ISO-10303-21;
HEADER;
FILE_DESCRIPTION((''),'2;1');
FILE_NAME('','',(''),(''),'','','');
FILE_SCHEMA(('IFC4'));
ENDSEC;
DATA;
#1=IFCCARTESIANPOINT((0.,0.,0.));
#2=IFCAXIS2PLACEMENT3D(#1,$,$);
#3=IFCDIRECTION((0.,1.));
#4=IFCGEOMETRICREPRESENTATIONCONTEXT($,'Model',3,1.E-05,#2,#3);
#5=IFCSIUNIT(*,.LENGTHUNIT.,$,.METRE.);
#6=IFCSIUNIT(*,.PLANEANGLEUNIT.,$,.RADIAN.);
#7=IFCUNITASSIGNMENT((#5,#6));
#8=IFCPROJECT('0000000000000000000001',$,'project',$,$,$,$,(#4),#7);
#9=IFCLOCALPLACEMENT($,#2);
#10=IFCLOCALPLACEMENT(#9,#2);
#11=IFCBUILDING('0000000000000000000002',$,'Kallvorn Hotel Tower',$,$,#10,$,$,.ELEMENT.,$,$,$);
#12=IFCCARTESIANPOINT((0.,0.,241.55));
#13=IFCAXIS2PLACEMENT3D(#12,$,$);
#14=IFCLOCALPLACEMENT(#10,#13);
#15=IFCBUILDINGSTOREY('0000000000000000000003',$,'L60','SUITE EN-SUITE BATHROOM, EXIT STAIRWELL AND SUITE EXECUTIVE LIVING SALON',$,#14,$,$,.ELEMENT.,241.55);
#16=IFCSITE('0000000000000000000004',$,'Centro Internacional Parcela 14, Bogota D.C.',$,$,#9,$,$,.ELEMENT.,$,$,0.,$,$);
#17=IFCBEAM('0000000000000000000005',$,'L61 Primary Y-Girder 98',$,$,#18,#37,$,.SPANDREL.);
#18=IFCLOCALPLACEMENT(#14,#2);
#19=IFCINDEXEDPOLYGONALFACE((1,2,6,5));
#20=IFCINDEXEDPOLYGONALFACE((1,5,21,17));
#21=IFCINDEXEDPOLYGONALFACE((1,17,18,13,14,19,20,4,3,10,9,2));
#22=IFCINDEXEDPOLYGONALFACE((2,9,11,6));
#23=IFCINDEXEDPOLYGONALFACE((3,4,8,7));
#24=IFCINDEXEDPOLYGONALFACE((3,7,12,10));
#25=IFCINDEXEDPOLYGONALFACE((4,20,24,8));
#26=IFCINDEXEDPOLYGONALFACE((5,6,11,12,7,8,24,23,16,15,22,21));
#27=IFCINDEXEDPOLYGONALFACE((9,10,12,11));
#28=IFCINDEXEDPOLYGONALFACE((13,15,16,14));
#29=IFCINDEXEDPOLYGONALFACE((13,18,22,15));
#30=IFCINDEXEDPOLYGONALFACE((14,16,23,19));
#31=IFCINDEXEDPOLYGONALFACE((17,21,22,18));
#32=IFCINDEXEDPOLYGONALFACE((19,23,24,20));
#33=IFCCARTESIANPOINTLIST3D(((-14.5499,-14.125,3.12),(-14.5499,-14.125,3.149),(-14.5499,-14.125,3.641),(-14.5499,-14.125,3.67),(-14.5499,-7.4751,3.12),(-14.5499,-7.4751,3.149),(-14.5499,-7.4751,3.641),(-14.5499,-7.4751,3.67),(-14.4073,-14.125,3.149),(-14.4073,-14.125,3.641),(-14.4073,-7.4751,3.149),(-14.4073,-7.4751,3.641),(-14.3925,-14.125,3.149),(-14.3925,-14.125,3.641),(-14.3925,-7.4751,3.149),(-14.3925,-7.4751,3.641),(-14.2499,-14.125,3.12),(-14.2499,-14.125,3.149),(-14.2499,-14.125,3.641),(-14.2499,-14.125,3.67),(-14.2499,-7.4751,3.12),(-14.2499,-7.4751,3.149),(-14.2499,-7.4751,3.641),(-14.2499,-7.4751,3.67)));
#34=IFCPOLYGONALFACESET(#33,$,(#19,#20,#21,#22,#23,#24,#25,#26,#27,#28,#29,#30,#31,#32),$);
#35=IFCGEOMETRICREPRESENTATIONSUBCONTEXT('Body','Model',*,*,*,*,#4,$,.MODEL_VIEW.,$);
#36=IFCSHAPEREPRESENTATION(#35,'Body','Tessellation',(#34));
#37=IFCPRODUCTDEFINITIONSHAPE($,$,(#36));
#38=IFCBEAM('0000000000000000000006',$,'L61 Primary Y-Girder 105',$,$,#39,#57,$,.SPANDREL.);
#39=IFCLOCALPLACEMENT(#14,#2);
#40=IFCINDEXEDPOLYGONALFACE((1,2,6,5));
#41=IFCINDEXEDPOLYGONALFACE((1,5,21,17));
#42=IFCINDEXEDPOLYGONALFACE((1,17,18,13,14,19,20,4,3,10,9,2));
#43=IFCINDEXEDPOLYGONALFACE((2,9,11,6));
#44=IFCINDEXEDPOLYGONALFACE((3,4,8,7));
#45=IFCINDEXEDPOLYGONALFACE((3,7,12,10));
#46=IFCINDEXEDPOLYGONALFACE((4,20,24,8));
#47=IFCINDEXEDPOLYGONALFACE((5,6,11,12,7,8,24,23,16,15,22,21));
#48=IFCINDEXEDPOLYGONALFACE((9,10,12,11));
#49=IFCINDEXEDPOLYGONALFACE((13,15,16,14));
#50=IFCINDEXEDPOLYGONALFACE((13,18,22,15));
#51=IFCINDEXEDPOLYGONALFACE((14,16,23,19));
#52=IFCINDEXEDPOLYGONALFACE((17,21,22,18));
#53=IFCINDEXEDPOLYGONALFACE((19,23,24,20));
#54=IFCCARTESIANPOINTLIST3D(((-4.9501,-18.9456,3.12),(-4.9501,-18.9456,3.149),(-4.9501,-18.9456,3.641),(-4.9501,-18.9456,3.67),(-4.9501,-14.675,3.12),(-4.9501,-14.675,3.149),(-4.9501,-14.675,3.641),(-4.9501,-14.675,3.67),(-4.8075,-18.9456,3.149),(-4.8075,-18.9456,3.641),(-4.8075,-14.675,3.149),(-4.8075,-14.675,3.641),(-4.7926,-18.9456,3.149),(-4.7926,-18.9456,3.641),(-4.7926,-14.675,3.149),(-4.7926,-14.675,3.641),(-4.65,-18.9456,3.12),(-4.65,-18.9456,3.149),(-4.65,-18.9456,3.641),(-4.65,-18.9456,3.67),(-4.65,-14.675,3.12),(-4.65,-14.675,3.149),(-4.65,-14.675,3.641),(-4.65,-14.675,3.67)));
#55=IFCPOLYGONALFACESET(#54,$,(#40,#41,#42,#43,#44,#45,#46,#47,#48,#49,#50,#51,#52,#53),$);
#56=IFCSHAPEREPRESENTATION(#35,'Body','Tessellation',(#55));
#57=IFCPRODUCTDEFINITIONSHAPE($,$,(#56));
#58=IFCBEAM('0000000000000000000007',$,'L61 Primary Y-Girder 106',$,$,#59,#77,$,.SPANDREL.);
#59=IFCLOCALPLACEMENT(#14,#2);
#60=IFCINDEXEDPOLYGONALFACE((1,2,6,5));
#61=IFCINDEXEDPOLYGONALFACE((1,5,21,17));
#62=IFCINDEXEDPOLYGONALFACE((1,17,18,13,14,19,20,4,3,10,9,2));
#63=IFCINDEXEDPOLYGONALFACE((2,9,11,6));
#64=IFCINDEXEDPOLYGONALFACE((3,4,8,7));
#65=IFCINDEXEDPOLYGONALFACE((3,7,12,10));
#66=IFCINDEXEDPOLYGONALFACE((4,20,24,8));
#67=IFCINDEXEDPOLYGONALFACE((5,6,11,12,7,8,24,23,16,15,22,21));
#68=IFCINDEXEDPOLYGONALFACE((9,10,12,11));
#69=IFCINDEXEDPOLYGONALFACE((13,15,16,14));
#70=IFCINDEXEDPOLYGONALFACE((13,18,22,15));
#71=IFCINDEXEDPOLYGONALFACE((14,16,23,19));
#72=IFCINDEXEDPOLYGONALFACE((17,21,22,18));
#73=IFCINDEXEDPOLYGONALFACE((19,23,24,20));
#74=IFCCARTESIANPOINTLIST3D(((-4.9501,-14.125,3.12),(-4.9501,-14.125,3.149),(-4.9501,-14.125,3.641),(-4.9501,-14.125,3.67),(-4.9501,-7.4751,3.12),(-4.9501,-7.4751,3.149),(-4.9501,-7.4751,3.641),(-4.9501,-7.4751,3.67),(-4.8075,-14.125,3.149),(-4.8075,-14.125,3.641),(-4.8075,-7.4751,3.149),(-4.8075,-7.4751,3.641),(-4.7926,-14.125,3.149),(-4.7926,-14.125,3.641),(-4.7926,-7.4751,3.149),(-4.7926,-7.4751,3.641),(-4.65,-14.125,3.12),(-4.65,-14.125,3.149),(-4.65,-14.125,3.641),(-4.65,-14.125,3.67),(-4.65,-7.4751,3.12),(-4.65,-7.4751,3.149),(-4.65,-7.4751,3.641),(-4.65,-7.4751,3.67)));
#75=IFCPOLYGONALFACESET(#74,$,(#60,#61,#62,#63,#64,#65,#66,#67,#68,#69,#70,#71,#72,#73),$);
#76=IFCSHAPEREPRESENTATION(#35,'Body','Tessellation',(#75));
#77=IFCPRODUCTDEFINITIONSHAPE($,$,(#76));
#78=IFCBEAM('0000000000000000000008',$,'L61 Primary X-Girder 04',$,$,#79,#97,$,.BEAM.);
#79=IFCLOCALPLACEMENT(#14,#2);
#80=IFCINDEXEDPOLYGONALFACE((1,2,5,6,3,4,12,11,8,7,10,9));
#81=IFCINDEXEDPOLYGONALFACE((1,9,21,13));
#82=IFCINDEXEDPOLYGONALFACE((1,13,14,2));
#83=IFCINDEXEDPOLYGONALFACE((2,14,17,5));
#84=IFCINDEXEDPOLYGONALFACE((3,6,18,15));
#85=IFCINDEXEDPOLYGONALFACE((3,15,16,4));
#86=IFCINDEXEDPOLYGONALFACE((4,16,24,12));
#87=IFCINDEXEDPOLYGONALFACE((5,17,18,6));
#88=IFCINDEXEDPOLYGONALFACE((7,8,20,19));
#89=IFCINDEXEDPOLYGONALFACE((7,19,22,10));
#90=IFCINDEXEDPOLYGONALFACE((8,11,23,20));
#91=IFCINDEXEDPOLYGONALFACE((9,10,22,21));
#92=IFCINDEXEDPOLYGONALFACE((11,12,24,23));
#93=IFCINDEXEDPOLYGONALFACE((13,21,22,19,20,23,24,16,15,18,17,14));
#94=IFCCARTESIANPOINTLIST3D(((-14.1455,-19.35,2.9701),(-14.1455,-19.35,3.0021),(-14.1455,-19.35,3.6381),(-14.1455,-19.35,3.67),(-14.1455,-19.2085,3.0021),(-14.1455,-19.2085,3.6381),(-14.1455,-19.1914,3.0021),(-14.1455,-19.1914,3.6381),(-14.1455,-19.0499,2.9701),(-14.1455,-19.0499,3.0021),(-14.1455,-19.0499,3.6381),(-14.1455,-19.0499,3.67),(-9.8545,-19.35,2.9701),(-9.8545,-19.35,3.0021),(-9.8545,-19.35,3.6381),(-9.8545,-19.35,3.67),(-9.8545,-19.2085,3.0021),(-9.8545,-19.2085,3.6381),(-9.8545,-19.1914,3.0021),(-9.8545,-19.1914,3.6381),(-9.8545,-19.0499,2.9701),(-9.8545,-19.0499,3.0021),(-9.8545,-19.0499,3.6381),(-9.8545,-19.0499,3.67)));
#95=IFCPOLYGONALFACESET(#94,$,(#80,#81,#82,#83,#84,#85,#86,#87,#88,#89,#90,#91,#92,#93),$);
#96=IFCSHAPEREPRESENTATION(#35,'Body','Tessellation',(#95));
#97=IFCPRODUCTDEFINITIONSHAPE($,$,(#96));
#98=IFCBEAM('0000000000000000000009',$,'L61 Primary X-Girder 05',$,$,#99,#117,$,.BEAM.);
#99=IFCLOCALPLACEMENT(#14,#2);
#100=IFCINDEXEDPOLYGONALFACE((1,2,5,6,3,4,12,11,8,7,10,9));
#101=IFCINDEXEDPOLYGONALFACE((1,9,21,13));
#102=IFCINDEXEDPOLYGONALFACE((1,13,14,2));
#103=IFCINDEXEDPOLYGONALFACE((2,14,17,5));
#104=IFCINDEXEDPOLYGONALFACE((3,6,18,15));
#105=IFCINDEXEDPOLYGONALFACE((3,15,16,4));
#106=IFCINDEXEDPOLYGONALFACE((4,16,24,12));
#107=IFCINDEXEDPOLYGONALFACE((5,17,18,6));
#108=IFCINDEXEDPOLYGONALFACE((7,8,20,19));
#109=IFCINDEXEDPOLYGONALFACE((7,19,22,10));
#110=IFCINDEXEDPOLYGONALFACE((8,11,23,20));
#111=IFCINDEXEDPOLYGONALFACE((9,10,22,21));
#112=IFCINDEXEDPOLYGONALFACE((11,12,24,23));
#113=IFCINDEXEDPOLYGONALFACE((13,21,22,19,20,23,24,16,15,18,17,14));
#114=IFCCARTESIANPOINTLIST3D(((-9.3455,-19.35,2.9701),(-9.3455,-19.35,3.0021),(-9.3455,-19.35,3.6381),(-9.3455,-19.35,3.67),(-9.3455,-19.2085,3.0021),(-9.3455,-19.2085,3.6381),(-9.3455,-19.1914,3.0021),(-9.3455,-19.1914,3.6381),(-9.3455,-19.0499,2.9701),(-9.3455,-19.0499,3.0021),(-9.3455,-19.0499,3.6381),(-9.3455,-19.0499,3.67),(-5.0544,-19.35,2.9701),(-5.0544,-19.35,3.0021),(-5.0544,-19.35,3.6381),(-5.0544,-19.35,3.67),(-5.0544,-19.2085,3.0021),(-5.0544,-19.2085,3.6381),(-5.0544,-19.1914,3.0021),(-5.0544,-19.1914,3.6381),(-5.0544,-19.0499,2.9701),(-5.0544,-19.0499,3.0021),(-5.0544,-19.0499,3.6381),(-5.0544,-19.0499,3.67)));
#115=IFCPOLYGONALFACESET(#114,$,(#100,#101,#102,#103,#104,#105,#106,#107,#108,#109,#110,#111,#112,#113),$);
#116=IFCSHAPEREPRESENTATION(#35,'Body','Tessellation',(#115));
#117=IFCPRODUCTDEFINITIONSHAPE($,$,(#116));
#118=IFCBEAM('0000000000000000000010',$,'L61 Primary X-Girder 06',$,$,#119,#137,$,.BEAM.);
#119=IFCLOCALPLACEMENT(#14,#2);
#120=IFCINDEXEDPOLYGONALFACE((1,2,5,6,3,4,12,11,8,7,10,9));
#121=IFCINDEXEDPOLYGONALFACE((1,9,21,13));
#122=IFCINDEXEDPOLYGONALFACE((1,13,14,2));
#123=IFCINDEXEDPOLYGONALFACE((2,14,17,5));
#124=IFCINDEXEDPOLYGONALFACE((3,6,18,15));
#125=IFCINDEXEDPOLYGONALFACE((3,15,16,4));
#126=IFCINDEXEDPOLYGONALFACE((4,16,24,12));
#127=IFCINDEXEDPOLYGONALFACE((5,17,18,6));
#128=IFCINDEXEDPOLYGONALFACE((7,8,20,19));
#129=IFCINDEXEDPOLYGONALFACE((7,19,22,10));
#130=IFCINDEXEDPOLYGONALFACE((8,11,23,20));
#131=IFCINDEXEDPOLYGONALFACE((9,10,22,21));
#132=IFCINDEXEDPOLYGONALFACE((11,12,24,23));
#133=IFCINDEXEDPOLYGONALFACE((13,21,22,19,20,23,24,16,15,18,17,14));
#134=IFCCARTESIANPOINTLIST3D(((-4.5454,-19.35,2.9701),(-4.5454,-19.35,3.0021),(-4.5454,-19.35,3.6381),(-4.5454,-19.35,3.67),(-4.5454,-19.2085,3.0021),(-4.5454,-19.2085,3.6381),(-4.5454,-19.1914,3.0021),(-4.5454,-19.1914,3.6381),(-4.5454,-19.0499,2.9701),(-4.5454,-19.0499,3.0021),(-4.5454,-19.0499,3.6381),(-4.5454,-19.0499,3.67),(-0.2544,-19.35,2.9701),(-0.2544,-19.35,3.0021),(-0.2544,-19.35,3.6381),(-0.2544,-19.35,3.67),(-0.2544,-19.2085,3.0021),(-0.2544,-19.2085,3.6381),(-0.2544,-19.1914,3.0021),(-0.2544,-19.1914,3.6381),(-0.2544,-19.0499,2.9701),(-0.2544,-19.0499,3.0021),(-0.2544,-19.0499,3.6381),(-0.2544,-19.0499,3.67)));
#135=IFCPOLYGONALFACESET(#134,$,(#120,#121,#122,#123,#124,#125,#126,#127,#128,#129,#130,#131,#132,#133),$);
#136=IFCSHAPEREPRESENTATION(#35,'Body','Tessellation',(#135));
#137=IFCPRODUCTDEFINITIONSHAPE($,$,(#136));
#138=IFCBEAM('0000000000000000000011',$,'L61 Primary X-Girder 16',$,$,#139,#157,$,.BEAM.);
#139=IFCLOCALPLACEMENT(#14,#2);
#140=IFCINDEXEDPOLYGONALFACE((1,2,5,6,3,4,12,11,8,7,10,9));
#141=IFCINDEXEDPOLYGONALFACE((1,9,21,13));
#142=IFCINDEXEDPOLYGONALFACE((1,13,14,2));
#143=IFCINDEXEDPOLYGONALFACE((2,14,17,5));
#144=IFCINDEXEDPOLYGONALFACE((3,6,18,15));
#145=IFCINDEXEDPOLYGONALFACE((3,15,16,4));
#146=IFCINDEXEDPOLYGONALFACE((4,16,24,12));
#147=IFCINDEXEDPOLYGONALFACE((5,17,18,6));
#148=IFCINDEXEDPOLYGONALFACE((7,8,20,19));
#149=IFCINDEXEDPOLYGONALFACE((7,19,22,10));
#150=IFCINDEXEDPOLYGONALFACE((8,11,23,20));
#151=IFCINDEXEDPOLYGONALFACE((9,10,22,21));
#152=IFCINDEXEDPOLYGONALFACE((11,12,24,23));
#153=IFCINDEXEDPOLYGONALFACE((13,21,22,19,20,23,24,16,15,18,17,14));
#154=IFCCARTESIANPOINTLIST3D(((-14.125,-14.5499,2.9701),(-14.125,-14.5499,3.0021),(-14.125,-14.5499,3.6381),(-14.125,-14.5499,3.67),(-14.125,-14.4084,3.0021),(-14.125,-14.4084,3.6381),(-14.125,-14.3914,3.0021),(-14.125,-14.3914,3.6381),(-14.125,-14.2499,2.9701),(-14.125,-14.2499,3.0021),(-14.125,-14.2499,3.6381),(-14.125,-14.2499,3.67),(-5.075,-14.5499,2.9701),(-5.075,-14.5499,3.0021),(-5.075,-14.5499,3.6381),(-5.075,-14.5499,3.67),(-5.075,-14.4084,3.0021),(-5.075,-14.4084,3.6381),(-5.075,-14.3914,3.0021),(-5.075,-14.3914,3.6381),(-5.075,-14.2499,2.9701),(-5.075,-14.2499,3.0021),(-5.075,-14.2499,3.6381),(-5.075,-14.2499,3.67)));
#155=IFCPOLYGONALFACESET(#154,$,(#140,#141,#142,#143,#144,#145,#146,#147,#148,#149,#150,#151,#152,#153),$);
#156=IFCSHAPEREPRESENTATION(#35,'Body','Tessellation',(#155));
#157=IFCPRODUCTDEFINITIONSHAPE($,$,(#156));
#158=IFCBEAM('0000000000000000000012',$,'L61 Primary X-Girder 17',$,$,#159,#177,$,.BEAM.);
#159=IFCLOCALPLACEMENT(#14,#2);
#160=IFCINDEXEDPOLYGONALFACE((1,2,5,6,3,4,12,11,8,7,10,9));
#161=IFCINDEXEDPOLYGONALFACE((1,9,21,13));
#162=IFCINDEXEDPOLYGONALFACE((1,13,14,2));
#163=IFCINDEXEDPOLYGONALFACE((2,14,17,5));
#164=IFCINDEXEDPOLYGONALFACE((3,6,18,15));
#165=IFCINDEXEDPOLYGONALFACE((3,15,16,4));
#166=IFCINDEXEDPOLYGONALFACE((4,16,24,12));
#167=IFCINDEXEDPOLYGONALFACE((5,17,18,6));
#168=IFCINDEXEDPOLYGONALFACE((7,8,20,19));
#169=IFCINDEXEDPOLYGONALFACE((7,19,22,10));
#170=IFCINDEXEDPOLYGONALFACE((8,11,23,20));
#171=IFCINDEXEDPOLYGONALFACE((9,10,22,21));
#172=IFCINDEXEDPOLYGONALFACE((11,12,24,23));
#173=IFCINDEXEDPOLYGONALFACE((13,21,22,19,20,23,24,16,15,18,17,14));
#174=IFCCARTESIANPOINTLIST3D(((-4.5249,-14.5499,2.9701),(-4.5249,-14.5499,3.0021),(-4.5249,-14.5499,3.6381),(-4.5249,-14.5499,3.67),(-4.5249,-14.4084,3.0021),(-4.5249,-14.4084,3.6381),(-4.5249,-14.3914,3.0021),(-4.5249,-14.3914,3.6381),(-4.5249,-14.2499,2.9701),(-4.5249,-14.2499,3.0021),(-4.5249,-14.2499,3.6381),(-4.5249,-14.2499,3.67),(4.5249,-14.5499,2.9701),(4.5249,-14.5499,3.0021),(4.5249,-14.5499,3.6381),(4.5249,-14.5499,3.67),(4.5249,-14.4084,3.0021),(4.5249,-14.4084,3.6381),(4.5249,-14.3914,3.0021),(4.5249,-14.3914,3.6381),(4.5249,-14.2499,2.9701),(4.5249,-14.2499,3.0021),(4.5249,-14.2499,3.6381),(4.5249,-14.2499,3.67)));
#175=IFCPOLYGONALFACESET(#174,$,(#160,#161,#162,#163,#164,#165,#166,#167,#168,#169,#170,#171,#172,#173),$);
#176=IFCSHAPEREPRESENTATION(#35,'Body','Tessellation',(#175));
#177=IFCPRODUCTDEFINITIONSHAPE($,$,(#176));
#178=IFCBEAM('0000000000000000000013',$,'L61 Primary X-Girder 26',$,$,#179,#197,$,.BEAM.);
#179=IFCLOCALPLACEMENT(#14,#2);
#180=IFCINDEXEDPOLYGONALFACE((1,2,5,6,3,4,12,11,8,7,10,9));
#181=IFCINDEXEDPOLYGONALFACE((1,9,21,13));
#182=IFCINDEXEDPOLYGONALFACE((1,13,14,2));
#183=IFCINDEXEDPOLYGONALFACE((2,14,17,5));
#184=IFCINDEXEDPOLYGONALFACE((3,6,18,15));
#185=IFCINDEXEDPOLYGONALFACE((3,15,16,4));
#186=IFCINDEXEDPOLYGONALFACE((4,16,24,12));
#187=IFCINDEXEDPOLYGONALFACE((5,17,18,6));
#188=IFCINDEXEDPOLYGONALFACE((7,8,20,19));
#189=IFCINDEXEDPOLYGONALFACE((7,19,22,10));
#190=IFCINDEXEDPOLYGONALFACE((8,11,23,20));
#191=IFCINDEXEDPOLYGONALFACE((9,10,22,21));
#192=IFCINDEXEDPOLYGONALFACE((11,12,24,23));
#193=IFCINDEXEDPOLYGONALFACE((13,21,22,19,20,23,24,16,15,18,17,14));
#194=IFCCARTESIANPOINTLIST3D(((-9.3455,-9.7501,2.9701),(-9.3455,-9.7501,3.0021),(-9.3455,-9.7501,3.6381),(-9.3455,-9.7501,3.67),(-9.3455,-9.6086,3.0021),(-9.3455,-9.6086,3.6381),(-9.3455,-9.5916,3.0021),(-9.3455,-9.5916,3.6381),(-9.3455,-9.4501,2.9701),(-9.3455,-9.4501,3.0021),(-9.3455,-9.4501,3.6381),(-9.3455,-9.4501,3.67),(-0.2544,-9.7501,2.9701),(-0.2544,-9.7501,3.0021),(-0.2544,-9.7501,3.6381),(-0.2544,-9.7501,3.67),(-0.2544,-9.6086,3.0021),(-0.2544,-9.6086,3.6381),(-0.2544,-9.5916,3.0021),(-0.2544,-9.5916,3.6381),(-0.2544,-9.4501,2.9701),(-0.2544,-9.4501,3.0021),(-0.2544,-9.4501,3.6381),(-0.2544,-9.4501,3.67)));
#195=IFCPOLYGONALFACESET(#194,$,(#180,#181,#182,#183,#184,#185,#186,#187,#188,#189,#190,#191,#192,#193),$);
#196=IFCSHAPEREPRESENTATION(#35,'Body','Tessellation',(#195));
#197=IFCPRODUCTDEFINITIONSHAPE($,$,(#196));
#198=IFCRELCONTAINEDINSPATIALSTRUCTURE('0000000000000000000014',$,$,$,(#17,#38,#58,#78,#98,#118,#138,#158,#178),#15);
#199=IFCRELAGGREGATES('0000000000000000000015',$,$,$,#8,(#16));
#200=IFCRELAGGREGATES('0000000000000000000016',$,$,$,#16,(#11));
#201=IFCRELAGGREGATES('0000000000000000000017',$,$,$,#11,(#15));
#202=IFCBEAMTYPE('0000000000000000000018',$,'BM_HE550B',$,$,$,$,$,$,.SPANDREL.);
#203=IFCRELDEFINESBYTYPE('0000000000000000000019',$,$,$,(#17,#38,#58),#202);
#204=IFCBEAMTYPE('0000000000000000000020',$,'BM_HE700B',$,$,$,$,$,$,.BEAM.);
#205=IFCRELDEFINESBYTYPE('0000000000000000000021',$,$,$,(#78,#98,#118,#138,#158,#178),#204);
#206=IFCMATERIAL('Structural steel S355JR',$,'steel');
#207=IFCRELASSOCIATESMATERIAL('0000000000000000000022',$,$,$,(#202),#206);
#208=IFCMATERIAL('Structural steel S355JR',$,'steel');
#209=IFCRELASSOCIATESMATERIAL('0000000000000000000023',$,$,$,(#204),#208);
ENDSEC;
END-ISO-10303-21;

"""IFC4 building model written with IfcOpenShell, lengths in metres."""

from ifc_helpers import new_model, si_unit, direction, frame, origin, origin_2d, place, context, subcontext, project, spatial, i_section, extrude, material, material_profile, profile_set, type_object, element, save


model = new_model("IFC4")

# Units and contexts
model_context = context("Model", 3, precision=1e-05, world=origin(), true_north=direction((0.0, 1.0)))
body_context = subcontext(model_context, "Body", "Model", "MODEL_VIEW")
ifc_project = project(units=[si_unit("LENGTHUNIT", "METRE"), si_unit("PLANEANGLEUNIT", "RADIAN")], contexts=[model_context])

# Site, building, storey
site_placement = place(None, origin())
site = spatial("IfcSite", under=ifc_project, at=site_placement, Name="Centro Internacional Parcela 14, Bogota D.C.", CompositionType="ELEMENT", RefElevation=0.0)
building_placement = place(site_placement, origin())
building = spatial("IfcBuilding", under=site, at=building_placement, Name="Kallvorn Hotel Tower", CompositionType="ELEMENT")
storey_placement = place(building_placement, frame((0.0, 0.0, 241.55)))
storey = spatial("IfcBuildingStorey", under=building, at=storey_placement, Name="L60", Description="SUITE EN-SUITE BATHROOM, EXIT STAIRWELL AND SUITE EXECUTIVE LIVING SALON", CompositionType="ELEMENT", Elevation=241.55)

# Beams
ifc_material_1 = material(Name="Structural steel S355JR", Category="steel")
ifc_material_profile_1 = material_profile(ifc_material_1, i_section(OverallWidth=0.3, OverallDepth=0.55, WebThickness=0.0149, FlangeThickness=0.0291, at=origin_2d()), Name="HE 550 B")
ifc_profile_set_1 = profile_set([ifc_material_profile_1], Name="Structural steel S355JR")
beam_type_1 = type_object("IfcBeamType", Name="BM_HE550B", PredefinedType="SPANDREL", material=ifc_profile_set_1)
beam_1_placement = place(storey_placement, frame((-14.3999, -14.125, 3.395), z_axis=(0.0, 1.0, 0.0), x_axis=(-1.0, 0.0, 0.0)))
element("IfcBeam", 1, at=beam_1_placement, inside=storey, type_object=beam_type_1, Name="L61 Primary Y-Girder 98", PredefinedType="SPANDREL", context=body_context, shape_type="SweptSolid", body=[
    extrude(i_section(OverallWidth=0.3, OverallDepth=0.55, WebThickness=0.0149, FlangeThickness=0.0291, at=origin_2d()), origin(), (0.0, 0.0, 1.0), 6.6499),
])
beam_2_placement = place(storey_placement, frame((-4.8, -18.9456, 3.395), z_axis=(0.0, 1.0, 0.0), x_axis=(-1.0, 0.0, 0.0)))
element("IfcBeam", 2, at=beam_2_placement, inside=storey, type_object=beam_type_1, Name="L61 Primary Y-Girder 105", PredefinedType="SPANDREL", context=body_context, shape_type="SweptSolid", body=[
    extrude(i_section(OverallWidth=0.3, OverallDepth=0.55, WebThickness=0.0149, FlangeThickness=0.0291, at=origin_2d()), origin(), (0.0, 0.0, 1.0), 4.2705),
])
beam_3_placement = place(storey_placement, frame((-4.8, -14.125, 3.395), z_axis=(0.0, 1.0, 0.0), x_axis=(-1.0, 0.0, 0.0)))
element("IfcBeam", 3, at=beam_3_placement, inside=storey, type_object=beam_type_1, Name="L61 Primary Y-Girder 106", PredefinedType="SPANDREL", context=body_context, shape_type="SweptSolid", body=[
    extrude(i_section(OverallWidth=0.3, OverallDepth=0.55, WebThickness=0.0149, FlangeThickness=0.0291, at=origin_2d()), origin(), (0.0, 0.0, 1.0), 6.6499),
])
ifc_material_2 = material(Name="Structural steel S355JR", Category="steel")
ifc_material_profile_2 = material_profile(ifc_material_2, i_section(OverallWidth=0.3, OverallDepth=0.7, WebThickness=0.0171, FlangeThickness=0.032, at=origin_2d()), Name="HE 700 B")
ifc_profile_set_2 = profile_set([ifc_material_profile_2], Name="Structural steel S355JR")
beam_type_2 = type_object("IfcBeamType", Name="BM_HE700B", PredefinedType="BEAM", material=ifc_profile_set_2)
for number, where, z_axis, x_axis, name in (
    (4, (-14.1455, -19.2, 3.3201), (1.0, 0.0, 0.0), (0.0, 1.0, 0.0), "L61 Primary X-Girder 04"),
    (5, (-9.3455, -19.2, 3.3201), (1.0, 0.0, 0.0), (0.0, 1.0, 0.0), "L61 Primary X-Girder 05"),
    (6, (-4.5454, -19.2, 3.3201), (1.0, 0.0, 0.0), (0.0, 1.0, 0.0), "L61 Primary X-Girder 06"),
):
    element("IfcBeam", number, at=place(storey_placement, frame(where, z_axis=z_axis, x_axis=x_axis)), inside=storey, type_object=beam_type_2, Name=name, PredefinedType="BEAM", context=body_context, shape_type="SweptSolid", body=[
        extrude(i_section(OverallWidth=0.3, OverallDepth=0.7, WebThickness=0.0171, FlangeThickness=0.032, at=origin_2d()), origin(), (0.0, 0.0, 1.0), 4.291),
    ])
beam_4_placement = place(storey_placement, frame((-14.125, -14.3999, 3.3201), z_axis=(1.0, 0.0, 0.0), x_axis=(0.0, 1.0, 0.0)))
element("IfcBeam", 7, at=beam_4_placement, inside=storey, type_object=beam_type_2, Name="L61 Primary X-Girder 16", PredefinedType="BEAM", context=body_context, shape_type="SweptSolid", body=[
    extrude(i_section(OverallWidth=0.3, OverallDepth=0.7, WebThickness=0.0171, FlangeThickness=0.032, at=origin_2d()), origin(), (0.0, 0.0, 1.0), 9.05),
])
beam_5_placement = place(storey_placement, frame((-4.5249, -14.3999, 3.3201), z_axis=(1.0, 0.0, 0.0), x_axis=(0.0, 1.0, 0.0)))
element("IfcBeam", 8, at=beam_5_placement, inside=storey, type_object=beam_type_2, Name="L61 Primary X-Girder 17", PredefinedType="BEAM", context=body_context, shape_type="SweptSolid", body=[
    extrude(i_section(OverallWidth=0.3, OverallDepth=0.7, WebThickness=0.0171, FlangeThickness=0.032, at=origin_2d()), origin(), (0.0, 0.0, 1.0), 9.0498),
])
beam_6_placement = place(storey_placement, frame((-9.3455, -9.6001, 3.3201), z_axis=(1.0, 0.0, 0.0), x_axis=(0.0, 1.0, 0.0)))
element("IfcBeam", 9, at=beam_6_placement, inside=storey, type_object=beam_type_2, Name="L61 Primary X-Girder 26", PredefinedType="BEAM", context=body_context, shape_type="SweptSolid", body=[
    extrude(i_section(OverallWidth=0.3, OverallDepth=0.7, WebThickness=0.0171, FlangeThickness=0.032, at=origin_2d()), origin(), (0.0, 0.0, 1.0), 9.0911),
])

save(model, "model.ifc")
